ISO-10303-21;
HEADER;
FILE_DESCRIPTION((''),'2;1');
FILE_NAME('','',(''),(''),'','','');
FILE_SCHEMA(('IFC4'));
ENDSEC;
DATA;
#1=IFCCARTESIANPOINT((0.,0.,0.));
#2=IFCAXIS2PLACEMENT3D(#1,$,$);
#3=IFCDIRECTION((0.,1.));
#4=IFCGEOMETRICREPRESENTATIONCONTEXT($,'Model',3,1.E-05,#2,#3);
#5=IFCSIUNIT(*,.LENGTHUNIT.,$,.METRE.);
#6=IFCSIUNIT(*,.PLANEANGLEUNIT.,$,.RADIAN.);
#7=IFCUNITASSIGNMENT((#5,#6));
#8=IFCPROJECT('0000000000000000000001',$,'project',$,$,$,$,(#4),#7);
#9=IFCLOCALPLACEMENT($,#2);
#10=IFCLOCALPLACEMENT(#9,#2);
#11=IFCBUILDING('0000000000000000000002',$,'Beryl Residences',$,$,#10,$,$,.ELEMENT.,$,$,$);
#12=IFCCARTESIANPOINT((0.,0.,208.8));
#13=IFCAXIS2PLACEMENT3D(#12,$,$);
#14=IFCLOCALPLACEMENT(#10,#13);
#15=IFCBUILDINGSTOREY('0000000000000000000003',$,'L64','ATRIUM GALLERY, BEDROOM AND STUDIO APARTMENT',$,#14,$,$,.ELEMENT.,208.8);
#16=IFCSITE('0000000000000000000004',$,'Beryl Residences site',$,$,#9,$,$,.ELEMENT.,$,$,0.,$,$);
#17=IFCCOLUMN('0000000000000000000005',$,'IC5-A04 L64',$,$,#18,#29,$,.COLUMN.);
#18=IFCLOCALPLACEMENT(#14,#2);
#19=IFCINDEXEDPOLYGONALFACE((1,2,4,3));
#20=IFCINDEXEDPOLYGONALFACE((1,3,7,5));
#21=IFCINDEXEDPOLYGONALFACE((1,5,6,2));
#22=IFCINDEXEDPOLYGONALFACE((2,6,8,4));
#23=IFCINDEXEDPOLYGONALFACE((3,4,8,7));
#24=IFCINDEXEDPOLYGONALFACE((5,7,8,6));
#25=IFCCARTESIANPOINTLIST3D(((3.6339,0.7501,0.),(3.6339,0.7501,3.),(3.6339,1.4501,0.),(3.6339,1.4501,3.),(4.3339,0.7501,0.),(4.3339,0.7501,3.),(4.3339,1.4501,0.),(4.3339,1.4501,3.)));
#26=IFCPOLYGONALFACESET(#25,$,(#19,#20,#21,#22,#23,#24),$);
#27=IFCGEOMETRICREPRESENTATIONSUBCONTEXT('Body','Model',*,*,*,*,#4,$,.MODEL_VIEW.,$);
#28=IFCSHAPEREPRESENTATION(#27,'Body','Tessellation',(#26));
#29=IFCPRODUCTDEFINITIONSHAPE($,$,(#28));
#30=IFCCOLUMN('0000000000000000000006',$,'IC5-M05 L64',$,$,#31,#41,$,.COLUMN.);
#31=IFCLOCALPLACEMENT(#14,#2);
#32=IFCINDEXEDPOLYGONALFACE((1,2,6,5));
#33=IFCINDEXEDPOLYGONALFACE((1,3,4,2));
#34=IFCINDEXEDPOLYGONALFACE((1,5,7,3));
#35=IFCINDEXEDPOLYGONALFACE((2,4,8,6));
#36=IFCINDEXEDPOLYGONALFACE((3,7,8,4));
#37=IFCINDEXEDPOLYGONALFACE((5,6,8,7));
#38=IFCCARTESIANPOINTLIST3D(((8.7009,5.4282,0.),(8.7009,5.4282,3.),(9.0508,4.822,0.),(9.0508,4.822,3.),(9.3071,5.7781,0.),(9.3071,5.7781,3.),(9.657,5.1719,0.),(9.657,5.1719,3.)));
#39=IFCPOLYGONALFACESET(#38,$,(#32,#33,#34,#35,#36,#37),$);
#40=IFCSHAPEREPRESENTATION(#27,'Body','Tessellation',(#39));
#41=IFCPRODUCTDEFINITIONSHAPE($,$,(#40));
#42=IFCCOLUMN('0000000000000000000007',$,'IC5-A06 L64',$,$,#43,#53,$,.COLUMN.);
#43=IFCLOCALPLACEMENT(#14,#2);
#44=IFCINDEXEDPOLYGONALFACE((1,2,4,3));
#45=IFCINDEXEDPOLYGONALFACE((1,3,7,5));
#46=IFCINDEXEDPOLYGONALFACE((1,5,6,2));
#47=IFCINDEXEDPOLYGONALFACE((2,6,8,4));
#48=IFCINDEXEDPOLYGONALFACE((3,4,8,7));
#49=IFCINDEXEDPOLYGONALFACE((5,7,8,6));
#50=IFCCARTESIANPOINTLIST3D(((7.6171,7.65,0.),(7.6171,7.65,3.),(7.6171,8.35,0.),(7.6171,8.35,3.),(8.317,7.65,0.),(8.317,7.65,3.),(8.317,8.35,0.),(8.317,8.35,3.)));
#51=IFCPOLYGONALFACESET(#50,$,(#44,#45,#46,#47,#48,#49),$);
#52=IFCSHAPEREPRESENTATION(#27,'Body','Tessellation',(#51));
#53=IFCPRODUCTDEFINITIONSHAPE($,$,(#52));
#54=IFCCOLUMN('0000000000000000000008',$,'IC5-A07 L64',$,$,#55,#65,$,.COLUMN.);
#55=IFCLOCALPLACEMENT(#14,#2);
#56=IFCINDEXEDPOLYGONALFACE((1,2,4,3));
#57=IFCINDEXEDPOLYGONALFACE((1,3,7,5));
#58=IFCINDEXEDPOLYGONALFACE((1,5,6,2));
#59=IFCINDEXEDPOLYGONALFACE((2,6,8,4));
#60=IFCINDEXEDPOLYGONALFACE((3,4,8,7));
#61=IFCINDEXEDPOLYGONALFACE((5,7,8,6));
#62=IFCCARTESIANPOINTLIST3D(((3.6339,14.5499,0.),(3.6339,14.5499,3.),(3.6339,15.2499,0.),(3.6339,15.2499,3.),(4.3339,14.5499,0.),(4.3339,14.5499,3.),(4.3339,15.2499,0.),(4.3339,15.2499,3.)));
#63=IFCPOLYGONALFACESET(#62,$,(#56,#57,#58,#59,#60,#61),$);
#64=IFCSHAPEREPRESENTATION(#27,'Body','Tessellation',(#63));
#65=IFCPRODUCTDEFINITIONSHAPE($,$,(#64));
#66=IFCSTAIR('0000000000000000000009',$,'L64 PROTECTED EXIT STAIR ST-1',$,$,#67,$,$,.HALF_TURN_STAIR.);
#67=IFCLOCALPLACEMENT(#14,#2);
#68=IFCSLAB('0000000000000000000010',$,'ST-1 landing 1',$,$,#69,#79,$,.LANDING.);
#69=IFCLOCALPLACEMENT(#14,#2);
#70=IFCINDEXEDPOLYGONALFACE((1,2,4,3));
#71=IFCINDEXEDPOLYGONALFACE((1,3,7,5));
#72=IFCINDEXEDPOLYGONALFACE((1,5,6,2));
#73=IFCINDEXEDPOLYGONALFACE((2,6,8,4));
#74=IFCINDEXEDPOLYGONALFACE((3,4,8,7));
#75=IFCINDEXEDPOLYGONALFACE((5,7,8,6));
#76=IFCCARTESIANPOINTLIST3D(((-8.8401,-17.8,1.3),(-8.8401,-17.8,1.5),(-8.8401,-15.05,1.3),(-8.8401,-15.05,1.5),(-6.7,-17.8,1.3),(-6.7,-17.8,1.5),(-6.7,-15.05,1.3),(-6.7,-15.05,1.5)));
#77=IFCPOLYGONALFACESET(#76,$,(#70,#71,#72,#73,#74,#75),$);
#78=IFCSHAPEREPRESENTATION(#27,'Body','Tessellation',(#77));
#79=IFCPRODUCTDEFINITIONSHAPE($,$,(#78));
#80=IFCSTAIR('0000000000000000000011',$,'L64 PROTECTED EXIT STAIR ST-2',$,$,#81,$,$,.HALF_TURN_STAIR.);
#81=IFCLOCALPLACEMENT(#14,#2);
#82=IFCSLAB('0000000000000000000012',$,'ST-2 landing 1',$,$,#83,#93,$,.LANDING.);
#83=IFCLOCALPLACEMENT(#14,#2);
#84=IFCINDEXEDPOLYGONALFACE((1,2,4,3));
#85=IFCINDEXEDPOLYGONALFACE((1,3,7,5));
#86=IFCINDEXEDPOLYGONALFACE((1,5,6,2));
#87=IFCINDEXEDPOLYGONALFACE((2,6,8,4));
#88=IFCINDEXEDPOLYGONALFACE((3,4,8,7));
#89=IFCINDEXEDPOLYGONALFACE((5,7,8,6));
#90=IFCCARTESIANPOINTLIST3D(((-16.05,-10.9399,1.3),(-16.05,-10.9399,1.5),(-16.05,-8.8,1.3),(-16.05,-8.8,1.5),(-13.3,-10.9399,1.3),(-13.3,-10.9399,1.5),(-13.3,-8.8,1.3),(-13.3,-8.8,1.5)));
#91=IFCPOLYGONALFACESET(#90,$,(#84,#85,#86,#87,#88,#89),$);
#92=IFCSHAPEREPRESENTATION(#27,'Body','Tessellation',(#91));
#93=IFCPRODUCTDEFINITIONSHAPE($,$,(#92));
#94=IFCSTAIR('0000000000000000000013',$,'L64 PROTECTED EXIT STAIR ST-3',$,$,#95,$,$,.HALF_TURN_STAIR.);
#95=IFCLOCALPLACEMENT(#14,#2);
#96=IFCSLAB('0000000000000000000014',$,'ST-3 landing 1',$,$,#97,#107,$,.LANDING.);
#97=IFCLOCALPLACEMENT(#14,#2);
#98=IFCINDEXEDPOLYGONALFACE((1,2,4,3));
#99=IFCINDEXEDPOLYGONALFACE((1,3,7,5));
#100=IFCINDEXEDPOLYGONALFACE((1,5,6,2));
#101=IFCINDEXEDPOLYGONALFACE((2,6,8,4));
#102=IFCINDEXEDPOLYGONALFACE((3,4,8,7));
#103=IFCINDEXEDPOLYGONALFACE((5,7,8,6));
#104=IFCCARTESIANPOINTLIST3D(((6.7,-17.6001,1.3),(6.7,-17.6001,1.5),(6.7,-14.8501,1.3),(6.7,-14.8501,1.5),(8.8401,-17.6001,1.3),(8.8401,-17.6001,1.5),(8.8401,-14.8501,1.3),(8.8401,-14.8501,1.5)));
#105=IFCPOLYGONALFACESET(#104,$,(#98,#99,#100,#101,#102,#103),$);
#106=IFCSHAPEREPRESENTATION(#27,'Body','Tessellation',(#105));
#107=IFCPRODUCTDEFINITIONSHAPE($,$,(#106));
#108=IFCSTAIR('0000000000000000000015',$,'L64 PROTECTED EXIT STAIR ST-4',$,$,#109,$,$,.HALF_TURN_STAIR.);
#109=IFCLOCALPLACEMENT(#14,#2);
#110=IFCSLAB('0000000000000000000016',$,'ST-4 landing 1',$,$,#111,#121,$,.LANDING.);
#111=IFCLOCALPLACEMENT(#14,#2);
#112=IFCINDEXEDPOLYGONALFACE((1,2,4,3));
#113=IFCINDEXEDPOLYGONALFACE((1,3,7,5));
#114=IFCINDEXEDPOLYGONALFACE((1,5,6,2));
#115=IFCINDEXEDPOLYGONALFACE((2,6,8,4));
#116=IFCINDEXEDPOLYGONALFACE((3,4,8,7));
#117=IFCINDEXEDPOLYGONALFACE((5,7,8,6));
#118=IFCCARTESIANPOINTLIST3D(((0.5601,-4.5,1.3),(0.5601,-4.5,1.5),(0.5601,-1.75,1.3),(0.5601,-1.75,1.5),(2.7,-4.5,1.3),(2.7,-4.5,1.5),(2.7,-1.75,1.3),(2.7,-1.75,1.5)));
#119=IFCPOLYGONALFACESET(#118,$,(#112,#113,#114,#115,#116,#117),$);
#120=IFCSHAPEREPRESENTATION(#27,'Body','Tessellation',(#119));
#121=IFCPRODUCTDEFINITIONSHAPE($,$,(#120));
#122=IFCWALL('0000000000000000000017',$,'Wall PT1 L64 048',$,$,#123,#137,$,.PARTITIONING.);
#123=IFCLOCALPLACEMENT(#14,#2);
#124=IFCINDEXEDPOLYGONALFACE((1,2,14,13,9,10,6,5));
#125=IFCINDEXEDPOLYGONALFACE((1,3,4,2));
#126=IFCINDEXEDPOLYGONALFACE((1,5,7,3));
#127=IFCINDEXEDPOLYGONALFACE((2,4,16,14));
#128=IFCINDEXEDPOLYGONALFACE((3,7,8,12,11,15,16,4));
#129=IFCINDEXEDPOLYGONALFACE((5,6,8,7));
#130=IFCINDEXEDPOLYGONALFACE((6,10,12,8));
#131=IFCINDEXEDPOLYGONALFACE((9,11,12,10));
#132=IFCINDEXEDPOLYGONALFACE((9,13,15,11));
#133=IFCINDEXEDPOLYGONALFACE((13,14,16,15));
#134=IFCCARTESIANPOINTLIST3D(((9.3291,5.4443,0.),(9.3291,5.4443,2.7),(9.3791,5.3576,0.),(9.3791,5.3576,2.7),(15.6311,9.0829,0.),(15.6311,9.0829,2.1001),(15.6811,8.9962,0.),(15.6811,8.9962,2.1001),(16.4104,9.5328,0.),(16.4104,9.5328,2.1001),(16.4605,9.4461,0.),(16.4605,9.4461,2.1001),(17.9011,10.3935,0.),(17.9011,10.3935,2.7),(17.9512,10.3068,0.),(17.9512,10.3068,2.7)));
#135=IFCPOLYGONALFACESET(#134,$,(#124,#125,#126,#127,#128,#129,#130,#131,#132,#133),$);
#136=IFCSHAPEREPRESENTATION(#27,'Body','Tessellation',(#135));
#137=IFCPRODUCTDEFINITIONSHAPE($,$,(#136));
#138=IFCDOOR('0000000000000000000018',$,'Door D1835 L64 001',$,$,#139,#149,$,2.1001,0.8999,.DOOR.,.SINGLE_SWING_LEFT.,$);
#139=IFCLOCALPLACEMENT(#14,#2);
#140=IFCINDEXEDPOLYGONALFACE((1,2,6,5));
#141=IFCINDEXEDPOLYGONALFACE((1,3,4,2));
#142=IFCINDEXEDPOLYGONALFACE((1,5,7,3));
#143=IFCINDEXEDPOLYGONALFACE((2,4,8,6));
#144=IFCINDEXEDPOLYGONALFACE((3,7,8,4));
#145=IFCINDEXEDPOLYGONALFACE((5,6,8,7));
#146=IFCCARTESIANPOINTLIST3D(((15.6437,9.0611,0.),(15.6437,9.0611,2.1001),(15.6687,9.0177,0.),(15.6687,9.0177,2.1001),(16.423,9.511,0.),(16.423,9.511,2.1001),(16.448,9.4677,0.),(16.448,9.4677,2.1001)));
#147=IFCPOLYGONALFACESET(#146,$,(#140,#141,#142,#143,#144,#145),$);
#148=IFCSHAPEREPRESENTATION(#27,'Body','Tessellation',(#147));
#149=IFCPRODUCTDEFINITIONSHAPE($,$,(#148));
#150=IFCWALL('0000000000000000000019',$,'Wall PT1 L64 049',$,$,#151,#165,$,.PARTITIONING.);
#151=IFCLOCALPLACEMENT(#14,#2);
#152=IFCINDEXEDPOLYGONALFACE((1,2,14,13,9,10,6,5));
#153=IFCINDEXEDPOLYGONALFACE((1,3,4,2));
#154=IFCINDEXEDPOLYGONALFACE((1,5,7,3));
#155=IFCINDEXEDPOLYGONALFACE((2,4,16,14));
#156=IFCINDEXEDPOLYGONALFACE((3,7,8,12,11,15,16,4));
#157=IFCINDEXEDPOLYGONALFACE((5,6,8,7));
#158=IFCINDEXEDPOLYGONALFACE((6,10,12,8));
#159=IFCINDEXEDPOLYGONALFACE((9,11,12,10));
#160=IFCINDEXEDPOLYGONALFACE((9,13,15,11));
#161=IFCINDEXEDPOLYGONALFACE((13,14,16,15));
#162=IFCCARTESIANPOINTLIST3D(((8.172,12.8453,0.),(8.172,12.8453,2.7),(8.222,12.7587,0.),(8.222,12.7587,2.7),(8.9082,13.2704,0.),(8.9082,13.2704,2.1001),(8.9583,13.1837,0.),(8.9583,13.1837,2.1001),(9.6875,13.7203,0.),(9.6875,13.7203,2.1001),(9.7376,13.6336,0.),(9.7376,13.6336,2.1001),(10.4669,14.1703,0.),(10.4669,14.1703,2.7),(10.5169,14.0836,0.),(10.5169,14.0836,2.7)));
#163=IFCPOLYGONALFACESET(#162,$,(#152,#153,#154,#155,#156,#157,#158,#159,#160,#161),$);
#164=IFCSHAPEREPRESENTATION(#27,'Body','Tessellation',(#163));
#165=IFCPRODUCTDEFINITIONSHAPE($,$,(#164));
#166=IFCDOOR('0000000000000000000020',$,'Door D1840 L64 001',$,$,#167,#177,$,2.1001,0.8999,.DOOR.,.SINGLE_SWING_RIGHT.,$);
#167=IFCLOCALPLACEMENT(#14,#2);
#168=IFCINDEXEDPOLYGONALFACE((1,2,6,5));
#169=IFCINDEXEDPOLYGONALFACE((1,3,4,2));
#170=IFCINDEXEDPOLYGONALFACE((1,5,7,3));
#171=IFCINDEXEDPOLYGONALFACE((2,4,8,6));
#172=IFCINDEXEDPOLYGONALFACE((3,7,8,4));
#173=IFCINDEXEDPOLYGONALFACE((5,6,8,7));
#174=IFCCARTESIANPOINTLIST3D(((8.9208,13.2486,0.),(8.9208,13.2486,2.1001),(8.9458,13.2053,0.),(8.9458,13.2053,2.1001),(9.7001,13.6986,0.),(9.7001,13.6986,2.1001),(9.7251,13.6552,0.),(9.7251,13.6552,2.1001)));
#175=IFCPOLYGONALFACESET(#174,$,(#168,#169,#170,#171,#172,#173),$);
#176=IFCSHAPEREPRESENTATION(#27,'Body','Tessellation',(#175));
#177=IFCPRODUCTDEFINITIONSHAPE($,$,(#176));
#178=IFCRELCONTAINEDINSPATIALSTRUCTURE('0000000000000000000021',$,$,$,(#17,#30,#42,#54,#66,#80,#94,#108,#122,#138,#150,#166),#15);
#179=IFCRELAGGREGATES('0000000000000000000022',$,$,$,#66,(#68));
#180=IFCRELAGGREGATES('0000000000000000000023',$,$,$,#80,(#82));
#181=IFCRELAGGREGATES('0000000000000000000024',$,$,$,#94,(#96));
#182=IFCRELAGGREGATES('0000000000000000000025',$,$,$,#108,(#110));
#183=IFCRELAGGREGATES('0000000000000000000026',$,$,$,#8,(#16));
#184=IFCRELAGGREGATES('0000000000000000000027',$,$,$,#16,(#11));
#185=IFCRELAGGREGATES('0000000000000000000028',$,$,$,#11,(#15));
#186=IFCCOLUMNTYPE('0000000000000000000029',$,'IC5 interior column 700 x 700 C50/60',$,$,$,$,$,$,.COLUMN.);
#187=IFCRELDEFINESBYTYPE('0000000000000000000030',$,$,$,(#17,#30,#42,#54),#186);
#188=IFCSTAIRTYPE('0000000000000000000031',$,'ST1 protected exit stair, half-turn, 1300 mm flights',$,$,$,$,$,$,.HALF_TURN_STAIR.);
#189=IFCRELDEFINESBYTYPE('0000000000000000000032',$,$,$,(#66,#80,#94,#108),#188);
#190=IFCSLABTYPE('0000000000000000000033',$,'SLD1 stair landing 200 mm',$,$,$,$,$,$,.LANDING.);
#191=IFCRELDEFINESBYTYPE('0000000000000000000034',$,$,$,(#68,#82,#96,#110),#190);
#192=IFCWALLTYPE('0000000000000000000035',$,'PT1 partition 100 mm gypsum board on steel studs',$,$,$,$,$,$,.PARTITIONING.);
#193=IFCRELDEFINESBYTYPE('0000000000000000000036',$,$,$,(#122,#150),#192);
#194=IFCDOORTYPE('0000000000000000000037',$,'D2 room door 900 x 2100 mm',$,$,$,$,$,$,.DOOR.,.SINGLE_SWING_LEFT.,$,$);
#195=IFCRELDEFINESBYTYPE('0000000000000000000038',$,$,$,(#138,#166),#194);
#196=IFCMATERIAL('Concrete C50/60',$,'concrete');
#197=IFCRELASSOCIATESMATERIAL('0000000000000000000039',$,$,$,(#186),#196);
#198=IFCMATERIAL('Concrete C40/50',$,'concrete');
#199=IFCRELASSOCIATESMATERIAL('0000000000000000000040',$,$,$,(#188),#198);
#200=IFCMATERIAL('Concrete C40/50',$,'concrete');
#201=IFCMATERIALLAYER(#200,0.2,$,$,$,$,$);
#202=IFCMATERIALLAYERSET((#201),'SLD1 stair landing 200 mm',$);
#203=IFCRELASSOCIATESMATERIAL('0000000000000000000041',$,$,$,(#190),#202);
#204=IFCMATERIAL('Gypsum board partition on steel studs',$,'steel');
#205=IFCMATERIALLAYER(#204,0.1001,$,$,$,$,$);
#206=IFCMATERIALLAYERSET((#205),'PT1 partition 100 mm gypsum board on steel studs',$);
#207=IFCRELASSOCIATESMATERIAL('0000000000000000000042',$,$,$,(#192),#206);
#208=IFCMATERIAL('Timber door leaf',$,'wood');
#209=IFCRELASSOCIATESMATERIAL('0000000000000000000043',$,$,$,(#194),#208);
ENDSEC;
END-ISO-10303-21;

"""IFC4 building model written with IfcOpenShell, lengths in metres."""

from ifc_helpers import new_model, si_unit, direction, frame, frame_2d, origin, origin_2d, place, context, subcontext, project, spatial, polyline, rectangle, outline, extrude, material, layer, layer_set, material_profile, profile_set, type_object, element, fill, aggregate, save


model = new_model("IFC4")

# Units and contexts
model_context = context("Model", 3, precision=1e-05, world=origin(), true_north=direction((0.0, 1.0)))
body_context = subcontext(model_context, "Body", "Model", "MODEL_VIEW")
ifc_project = project(units=[si_unit("LENGTHUNIT", "METRE"), si_unit("PLANEANGLEUNIT", "RADIAN")], contexts=[model_context])

# Site, building, storey
site_placement = place(None, origin())
site = spatial("IfcSite", under=ifc_project, at=site_placement, Name="Beryl Residences site", CompositionType="ELEMENT", RefElevation=0.0)
building_placement = place(site_placement, origin())
building = spatial("IfcBuilding", under=site, at=building_placement, Name="Beryl Residences", CompositionType="ELEMENT")
storey_placement = place(building_placement, frame((0.0, 0.0, 208.8)))
storey = spatial("IfcBuildingStorey", under=building, at=storey_placement, Name="L64", Description="ATRIUM GALLERY, BEDROOM AND STUDIO APARTMENT", CompositionType="ELEMENT", Elevation=208.8)

# Columns
ifc_material_1 = material(Name="Concrete C50/60", Category="concrete")
ifc_material_profile = material_profile(ifc_material_1, rectangle(XDim=0.7, YDim=0.7, at=origin_2d()))
ifc_profile_set = profile_set([ifc_material_profile], Name="Concrete C50/60")
column_type = type_object("IfcColumnType", Name="IC5 interior column 700 x 700 C50/60", PredefinedType="COLUMN", material=ifc_profile_set)
for number, where, z_axis, x_axis, name in (
    (1, (3.9839, 1.1001, 0.0), (0.0, 0.0, 1.0), (1.0, 0.0, 0.0), "IC5-A04 L64"),
    (2, (9.179, 5.3, 0.0), (0.0, 0.0, 1.0), (-0.49997, 0.866043, 0.0), "IC5-M05 L64"),
    (3, (7.967, 8.0, 0.0), (0.0, 0.0, 1.0), (1.0, 0.0, 0.0), "IC5-A06 L64"),
    (4, (3.9839, 14.8999, 0.0), (0.0, 0.0, 1.0), (1.0, 0.0, 0.0), "IC5-A07 L64"),
):
    element("IfcColumn", number, at=place(storey_placement, frame(where, z_axis=z_axis, x_axis=x_axis)), inside=storey, type_object=column_type, Name=name, PredefinedType="COLUMN", context=body_context, shape_type="SweptSolid", body=[
        extrude(rectangle(XDim=0.7, YDim=0.7, at=origin_2d()), origin(), (0.0, 0.0, 1.0), 3.0),
    ])

# Stairs, slabs
ifc_material_2 = material(Name="Concrete C40/50", Category="concrete")
stair_type = type_object("IfcStairType", Name="ST1 protected exit stair, half-turn, 1300 mm flights", PredefinedType="HALF_TURN_STAIR", material=ifc_material_2)
stair_1_placement = place(storey_placement, origin())
stair_1 = element("IfcStair", 5, at=stair_1_placement, inside=storey, type_object=stair_type, Name="L64 PROTECTED EXIT STAIR ST-1", PredefinedType="HALF_TURN_STAIR")
ifc_material_3 = material(Name="Concrete C40/50", Category="concrete")
ifc_layer_1 = layer(ifc_material_3, 0.2)
ifc_layer_set_1 = layer_set([ifc_layer_1], Name="SLD1 stair landing 200 mm")
slab_type_1 = type_object("IfcSlabType", Name="SLD1 stair landing 200 mm", PredefinedType="LANDING", material=ifc_layer_set_1)
slab_1_placement = place(storey_placement, frame((0.0, 0.0, 1.3)))
slab_1 = element("IfcSlab", 6, at=slab_1_placement, type_object=slab_type_1, Name="ST-1 landing 1", PredefinedType="LANDING", context=body_context, shape_type="SweptSolid", body=[
    extrude(outline(polyline([(-8.8401, -17.8), (-6.7, -17.8), (-6.7, -15.05), (-8.8401, -15.05), (-8.8401, -17.8)])), origin(), (0.0, 0.0, 1.0), 0.2),
])
aggregate(stair_1, [slab_1])
stair_2_placement = place(storey_placement, origin())
stair_2 = element("IfcStair", 7, at=stair_2_placement, inside=storey, type_object=stair_type, Name="L64 PROTECTED EXIT STAIR ST-2", PredefinedType="HALF_TURN_STAIR")
slab_2_placement = place(storey_placement, frame((0.0, 0.0, 1.3)))
slab_2 = element("IfcSlab", 8, at=slab_2_placement, type_object=slab_type_1, Name="ST-2 landing 1", PredefinedType="LANDING", context=body_context, shape_type="SweptSolid", body=[
    extrude(outline(polyline([(-13.3, -10.9399), (-13.3, -8.8), (-16.05, -8.8), (-16.05, -10.9399), (-13.3, -10.9399)])), origin(), (0.0, 0.0, 1.0), 0.2),
])
aggregate(stair_2, [slab_2])
stair_3_placement = place(storey_placement, origin())
stair_3 = element("IfcStair", 9, at=stair_3_placement, inside=storey, type_object=stair_type, Name="L64 PROTECTED EXIT STAIR ST-3", PredefinedType="HALF_TURN_STAIR")
slab_3_placement = place(storey_placement, frame((0.0, 0.0, 1.3)))
slab_3 = element("IfcSlab", 10, at=slab_3_placement, type_object=slab_type_1, Name="ST-3 landing 1", PredefinedType="LANDING", context=body_context, shape_type="SweptSolid", body=[
    extrude(outline(polyline([(8.8401, -14.8501), (6.7, -14.8501), (6.7, -17.6001), (8.8401, -17.6001), (8.8401, -14.8501)])), origin(), (0.0, 0.0, 1.0), 0.2),
])
aggregate(stair_3, [slab_3])
stair_4_placement = place(storey_placement, origin())
stair_4 = element("IfcStair", 11, at=stair_4_placement, inside=storey, type_object=stair_type, Name="L64 PROTECTED EXIT STAIR ST-4", PredefinedType="HALF_TURN_STAIR")
slab_4_placement = place(storey_placement, frame((0.0, 0.0, 1.3)))
slab_4 = element("IfcSlab", 12, at=slab_4_placement, type_object=slab_type_1, Name="ST-4 landing 1", PredefinedType="LANDING", context=body_context, shape_type="SweptSolid", body=[
    extrude(outline(polyline([(0.5601, -4.5), (2.7, -4.5), (2.7, -1.75), (0.5601, -1.75), (0.5601, -4.5)])), origin(), (0.0, 0.0, 1.0), 0.2),
])
aggregate(stair_4, [slab_4])

# Walls, openings, doors
ifc_material_4 = material(Name="Gypsum board partition on steel studs", Category="steel")
ifc_layer_2 = layer(ifc_material_4, 0.1001)
ifc_layer_set_2 = layer_set([ifc_layer_2], Name="PT1 partition 100 mm gypsum board on steel studs")
wall_type_1 = type_object("IfcWallType", Name="PT1 partition 100 mm gypsum board on steel studs", PredefinedType="PARTITIONING", material=ifc_layer_set_2)
wall_1_placement = place(storey_placement, frame((9.354, 5.4009, 0.0), z_axis=(0.0, 0.0, 1.0), x_axis=(0.866018, 0.500012, 0.0)))
wall_1 = element("IfcWall", 13, at=wall_1_placement, inside=storey, type_object=wall_type_1, Name="Wall PT1 L64 048", PredefinedType="PARTITIONING", context=body_context, shape_type="SweptSolid", body=[
    extrude(rectangle(XDim=9.8982, YDim=0.1001, at=frame_2d((4.9492, 0.0))), origin(), (0.0, 0.0, 1.0), 2.7),
])
opening_1_placement = place(wall_1_placement, frame((7.2771, 0.0, 0.0)))
opening_1 = element("IfcOpeningElement", 14, at=opening_1_placement, cuts=wall_1, PredefinedType="OPENING", context=body_context, shape_type="SweptSolid", body=[
    extrude(rectangle(XDim=0.8999, YDim=2.1001, at=frame_2d((0.45, 1.05))), frame((0.0, 0.0601, 0.0), z_axis=(0.0, -1.0, 0.0), x_axis=(1.0, 0.0, 0.0)), (0.0, 0.0, 1.0), 0.1201),
])
ifc_material_5 = material(Name="Timber door leaf", Category="wood")
door_type_1 = type_object("IfcDoorType", Name="D2 room door 900 x 2100 mm", OperationType="SINGLE_SWING_LEFT", PredefinedType="DOOR", material=ifc_material_5)
door_1_placement = place(opening_1_placement, origin())
door_1 = element("IfcDoor", 15, at=door_1_placement, inside=storey, type_object=door_type_1, Name="Door D1835 L64 001", OperationType="SINGLE_SWING_LEFT", OverallHeight=2.1001, OverallWidth=0.8999, PredefinedType="DOOR", context=body_context, shape_type="SweptSolid", body=[
    extrude(rectangle(XDim=0.8999, YDim=2.1001, at=frame_2d((0.45, 1.05))), frame((0.0, 0.0249, 0.0), z_axis=(0.0, -1.0, 0.0), x_axis=(1.0, 0.0, 0.0)), (0.0, 0.0, 1.0), 0.05),
])
fill(opening_1, door_1)
wall_2_placement = place(storey_placement, frame((8.197, 12.802, 0.0), z_axis=(0.0, 0.0, 1.0), x_axis=(0.866029, 0.499994, 0.0)))
wall_2 = element("IfcWall", 16, at=wall_2_placement, inside=storey, type_object=wall_type_1, Name="Wall PT1 L64 049", PredefinedType="PARTITIONING", context=body_context, shape_type="SweptSolid", body=[
    extrude(rectangle(XDim=2.6499, YDim=0.1001, at=frame_2d((1.325, 0.0))), origin(), (0.0, 0.0, 1.0), 2.7),
])
opening_2_placement = place(wall_2_placement, frame((0.8501, 0.0, 0.0)))
opening_2 = element("IfcOpeningElement", 17, at=opening_2_placement, cuts=wall_2, PredefinedType="OPENING", context=body_context, shape_type="SweptSolid", body=[
    extrude(rectangle(XDim=0.8999, YDim=2.1001, at=frame_2d((0.45, 1.05))), frame((0.0, 0.0601, 0.0), z_axis=(0.0, -1.0, 0.0), x_axis=(1.0, 0.0, 0.0)), (0.0, 0.0, 1.0), 0.1201),
])
door_2_placement = place(opening_2_placement, origin())
door_2 = element("IfcDoor", 18, at=door_2_placement, inside=storey, type_object=door_type_1, Name="Door D1840 L64 001", OperationType="SINGLE_SWING_RIGHT", OverallHeight=2.1001, OverallWidth=0.8999, PredefinedType="DOOR", context=body_context, shape_type="SweptSolid", body=[
    extrude(rectangle(XDim=0.8999, YDim=2.1001, at=frame_2d((0.45, 1.05))), frame((0.0, 0.0249, 0.0), z_axis=(0.0, -1.0, 0.0), x_axis=(1.0, 0.0, 0.0)), (0.0, 0.0, 1.0), 0.05),
])
fill(opening_2, door_2)

save(model, "model.ifc")
